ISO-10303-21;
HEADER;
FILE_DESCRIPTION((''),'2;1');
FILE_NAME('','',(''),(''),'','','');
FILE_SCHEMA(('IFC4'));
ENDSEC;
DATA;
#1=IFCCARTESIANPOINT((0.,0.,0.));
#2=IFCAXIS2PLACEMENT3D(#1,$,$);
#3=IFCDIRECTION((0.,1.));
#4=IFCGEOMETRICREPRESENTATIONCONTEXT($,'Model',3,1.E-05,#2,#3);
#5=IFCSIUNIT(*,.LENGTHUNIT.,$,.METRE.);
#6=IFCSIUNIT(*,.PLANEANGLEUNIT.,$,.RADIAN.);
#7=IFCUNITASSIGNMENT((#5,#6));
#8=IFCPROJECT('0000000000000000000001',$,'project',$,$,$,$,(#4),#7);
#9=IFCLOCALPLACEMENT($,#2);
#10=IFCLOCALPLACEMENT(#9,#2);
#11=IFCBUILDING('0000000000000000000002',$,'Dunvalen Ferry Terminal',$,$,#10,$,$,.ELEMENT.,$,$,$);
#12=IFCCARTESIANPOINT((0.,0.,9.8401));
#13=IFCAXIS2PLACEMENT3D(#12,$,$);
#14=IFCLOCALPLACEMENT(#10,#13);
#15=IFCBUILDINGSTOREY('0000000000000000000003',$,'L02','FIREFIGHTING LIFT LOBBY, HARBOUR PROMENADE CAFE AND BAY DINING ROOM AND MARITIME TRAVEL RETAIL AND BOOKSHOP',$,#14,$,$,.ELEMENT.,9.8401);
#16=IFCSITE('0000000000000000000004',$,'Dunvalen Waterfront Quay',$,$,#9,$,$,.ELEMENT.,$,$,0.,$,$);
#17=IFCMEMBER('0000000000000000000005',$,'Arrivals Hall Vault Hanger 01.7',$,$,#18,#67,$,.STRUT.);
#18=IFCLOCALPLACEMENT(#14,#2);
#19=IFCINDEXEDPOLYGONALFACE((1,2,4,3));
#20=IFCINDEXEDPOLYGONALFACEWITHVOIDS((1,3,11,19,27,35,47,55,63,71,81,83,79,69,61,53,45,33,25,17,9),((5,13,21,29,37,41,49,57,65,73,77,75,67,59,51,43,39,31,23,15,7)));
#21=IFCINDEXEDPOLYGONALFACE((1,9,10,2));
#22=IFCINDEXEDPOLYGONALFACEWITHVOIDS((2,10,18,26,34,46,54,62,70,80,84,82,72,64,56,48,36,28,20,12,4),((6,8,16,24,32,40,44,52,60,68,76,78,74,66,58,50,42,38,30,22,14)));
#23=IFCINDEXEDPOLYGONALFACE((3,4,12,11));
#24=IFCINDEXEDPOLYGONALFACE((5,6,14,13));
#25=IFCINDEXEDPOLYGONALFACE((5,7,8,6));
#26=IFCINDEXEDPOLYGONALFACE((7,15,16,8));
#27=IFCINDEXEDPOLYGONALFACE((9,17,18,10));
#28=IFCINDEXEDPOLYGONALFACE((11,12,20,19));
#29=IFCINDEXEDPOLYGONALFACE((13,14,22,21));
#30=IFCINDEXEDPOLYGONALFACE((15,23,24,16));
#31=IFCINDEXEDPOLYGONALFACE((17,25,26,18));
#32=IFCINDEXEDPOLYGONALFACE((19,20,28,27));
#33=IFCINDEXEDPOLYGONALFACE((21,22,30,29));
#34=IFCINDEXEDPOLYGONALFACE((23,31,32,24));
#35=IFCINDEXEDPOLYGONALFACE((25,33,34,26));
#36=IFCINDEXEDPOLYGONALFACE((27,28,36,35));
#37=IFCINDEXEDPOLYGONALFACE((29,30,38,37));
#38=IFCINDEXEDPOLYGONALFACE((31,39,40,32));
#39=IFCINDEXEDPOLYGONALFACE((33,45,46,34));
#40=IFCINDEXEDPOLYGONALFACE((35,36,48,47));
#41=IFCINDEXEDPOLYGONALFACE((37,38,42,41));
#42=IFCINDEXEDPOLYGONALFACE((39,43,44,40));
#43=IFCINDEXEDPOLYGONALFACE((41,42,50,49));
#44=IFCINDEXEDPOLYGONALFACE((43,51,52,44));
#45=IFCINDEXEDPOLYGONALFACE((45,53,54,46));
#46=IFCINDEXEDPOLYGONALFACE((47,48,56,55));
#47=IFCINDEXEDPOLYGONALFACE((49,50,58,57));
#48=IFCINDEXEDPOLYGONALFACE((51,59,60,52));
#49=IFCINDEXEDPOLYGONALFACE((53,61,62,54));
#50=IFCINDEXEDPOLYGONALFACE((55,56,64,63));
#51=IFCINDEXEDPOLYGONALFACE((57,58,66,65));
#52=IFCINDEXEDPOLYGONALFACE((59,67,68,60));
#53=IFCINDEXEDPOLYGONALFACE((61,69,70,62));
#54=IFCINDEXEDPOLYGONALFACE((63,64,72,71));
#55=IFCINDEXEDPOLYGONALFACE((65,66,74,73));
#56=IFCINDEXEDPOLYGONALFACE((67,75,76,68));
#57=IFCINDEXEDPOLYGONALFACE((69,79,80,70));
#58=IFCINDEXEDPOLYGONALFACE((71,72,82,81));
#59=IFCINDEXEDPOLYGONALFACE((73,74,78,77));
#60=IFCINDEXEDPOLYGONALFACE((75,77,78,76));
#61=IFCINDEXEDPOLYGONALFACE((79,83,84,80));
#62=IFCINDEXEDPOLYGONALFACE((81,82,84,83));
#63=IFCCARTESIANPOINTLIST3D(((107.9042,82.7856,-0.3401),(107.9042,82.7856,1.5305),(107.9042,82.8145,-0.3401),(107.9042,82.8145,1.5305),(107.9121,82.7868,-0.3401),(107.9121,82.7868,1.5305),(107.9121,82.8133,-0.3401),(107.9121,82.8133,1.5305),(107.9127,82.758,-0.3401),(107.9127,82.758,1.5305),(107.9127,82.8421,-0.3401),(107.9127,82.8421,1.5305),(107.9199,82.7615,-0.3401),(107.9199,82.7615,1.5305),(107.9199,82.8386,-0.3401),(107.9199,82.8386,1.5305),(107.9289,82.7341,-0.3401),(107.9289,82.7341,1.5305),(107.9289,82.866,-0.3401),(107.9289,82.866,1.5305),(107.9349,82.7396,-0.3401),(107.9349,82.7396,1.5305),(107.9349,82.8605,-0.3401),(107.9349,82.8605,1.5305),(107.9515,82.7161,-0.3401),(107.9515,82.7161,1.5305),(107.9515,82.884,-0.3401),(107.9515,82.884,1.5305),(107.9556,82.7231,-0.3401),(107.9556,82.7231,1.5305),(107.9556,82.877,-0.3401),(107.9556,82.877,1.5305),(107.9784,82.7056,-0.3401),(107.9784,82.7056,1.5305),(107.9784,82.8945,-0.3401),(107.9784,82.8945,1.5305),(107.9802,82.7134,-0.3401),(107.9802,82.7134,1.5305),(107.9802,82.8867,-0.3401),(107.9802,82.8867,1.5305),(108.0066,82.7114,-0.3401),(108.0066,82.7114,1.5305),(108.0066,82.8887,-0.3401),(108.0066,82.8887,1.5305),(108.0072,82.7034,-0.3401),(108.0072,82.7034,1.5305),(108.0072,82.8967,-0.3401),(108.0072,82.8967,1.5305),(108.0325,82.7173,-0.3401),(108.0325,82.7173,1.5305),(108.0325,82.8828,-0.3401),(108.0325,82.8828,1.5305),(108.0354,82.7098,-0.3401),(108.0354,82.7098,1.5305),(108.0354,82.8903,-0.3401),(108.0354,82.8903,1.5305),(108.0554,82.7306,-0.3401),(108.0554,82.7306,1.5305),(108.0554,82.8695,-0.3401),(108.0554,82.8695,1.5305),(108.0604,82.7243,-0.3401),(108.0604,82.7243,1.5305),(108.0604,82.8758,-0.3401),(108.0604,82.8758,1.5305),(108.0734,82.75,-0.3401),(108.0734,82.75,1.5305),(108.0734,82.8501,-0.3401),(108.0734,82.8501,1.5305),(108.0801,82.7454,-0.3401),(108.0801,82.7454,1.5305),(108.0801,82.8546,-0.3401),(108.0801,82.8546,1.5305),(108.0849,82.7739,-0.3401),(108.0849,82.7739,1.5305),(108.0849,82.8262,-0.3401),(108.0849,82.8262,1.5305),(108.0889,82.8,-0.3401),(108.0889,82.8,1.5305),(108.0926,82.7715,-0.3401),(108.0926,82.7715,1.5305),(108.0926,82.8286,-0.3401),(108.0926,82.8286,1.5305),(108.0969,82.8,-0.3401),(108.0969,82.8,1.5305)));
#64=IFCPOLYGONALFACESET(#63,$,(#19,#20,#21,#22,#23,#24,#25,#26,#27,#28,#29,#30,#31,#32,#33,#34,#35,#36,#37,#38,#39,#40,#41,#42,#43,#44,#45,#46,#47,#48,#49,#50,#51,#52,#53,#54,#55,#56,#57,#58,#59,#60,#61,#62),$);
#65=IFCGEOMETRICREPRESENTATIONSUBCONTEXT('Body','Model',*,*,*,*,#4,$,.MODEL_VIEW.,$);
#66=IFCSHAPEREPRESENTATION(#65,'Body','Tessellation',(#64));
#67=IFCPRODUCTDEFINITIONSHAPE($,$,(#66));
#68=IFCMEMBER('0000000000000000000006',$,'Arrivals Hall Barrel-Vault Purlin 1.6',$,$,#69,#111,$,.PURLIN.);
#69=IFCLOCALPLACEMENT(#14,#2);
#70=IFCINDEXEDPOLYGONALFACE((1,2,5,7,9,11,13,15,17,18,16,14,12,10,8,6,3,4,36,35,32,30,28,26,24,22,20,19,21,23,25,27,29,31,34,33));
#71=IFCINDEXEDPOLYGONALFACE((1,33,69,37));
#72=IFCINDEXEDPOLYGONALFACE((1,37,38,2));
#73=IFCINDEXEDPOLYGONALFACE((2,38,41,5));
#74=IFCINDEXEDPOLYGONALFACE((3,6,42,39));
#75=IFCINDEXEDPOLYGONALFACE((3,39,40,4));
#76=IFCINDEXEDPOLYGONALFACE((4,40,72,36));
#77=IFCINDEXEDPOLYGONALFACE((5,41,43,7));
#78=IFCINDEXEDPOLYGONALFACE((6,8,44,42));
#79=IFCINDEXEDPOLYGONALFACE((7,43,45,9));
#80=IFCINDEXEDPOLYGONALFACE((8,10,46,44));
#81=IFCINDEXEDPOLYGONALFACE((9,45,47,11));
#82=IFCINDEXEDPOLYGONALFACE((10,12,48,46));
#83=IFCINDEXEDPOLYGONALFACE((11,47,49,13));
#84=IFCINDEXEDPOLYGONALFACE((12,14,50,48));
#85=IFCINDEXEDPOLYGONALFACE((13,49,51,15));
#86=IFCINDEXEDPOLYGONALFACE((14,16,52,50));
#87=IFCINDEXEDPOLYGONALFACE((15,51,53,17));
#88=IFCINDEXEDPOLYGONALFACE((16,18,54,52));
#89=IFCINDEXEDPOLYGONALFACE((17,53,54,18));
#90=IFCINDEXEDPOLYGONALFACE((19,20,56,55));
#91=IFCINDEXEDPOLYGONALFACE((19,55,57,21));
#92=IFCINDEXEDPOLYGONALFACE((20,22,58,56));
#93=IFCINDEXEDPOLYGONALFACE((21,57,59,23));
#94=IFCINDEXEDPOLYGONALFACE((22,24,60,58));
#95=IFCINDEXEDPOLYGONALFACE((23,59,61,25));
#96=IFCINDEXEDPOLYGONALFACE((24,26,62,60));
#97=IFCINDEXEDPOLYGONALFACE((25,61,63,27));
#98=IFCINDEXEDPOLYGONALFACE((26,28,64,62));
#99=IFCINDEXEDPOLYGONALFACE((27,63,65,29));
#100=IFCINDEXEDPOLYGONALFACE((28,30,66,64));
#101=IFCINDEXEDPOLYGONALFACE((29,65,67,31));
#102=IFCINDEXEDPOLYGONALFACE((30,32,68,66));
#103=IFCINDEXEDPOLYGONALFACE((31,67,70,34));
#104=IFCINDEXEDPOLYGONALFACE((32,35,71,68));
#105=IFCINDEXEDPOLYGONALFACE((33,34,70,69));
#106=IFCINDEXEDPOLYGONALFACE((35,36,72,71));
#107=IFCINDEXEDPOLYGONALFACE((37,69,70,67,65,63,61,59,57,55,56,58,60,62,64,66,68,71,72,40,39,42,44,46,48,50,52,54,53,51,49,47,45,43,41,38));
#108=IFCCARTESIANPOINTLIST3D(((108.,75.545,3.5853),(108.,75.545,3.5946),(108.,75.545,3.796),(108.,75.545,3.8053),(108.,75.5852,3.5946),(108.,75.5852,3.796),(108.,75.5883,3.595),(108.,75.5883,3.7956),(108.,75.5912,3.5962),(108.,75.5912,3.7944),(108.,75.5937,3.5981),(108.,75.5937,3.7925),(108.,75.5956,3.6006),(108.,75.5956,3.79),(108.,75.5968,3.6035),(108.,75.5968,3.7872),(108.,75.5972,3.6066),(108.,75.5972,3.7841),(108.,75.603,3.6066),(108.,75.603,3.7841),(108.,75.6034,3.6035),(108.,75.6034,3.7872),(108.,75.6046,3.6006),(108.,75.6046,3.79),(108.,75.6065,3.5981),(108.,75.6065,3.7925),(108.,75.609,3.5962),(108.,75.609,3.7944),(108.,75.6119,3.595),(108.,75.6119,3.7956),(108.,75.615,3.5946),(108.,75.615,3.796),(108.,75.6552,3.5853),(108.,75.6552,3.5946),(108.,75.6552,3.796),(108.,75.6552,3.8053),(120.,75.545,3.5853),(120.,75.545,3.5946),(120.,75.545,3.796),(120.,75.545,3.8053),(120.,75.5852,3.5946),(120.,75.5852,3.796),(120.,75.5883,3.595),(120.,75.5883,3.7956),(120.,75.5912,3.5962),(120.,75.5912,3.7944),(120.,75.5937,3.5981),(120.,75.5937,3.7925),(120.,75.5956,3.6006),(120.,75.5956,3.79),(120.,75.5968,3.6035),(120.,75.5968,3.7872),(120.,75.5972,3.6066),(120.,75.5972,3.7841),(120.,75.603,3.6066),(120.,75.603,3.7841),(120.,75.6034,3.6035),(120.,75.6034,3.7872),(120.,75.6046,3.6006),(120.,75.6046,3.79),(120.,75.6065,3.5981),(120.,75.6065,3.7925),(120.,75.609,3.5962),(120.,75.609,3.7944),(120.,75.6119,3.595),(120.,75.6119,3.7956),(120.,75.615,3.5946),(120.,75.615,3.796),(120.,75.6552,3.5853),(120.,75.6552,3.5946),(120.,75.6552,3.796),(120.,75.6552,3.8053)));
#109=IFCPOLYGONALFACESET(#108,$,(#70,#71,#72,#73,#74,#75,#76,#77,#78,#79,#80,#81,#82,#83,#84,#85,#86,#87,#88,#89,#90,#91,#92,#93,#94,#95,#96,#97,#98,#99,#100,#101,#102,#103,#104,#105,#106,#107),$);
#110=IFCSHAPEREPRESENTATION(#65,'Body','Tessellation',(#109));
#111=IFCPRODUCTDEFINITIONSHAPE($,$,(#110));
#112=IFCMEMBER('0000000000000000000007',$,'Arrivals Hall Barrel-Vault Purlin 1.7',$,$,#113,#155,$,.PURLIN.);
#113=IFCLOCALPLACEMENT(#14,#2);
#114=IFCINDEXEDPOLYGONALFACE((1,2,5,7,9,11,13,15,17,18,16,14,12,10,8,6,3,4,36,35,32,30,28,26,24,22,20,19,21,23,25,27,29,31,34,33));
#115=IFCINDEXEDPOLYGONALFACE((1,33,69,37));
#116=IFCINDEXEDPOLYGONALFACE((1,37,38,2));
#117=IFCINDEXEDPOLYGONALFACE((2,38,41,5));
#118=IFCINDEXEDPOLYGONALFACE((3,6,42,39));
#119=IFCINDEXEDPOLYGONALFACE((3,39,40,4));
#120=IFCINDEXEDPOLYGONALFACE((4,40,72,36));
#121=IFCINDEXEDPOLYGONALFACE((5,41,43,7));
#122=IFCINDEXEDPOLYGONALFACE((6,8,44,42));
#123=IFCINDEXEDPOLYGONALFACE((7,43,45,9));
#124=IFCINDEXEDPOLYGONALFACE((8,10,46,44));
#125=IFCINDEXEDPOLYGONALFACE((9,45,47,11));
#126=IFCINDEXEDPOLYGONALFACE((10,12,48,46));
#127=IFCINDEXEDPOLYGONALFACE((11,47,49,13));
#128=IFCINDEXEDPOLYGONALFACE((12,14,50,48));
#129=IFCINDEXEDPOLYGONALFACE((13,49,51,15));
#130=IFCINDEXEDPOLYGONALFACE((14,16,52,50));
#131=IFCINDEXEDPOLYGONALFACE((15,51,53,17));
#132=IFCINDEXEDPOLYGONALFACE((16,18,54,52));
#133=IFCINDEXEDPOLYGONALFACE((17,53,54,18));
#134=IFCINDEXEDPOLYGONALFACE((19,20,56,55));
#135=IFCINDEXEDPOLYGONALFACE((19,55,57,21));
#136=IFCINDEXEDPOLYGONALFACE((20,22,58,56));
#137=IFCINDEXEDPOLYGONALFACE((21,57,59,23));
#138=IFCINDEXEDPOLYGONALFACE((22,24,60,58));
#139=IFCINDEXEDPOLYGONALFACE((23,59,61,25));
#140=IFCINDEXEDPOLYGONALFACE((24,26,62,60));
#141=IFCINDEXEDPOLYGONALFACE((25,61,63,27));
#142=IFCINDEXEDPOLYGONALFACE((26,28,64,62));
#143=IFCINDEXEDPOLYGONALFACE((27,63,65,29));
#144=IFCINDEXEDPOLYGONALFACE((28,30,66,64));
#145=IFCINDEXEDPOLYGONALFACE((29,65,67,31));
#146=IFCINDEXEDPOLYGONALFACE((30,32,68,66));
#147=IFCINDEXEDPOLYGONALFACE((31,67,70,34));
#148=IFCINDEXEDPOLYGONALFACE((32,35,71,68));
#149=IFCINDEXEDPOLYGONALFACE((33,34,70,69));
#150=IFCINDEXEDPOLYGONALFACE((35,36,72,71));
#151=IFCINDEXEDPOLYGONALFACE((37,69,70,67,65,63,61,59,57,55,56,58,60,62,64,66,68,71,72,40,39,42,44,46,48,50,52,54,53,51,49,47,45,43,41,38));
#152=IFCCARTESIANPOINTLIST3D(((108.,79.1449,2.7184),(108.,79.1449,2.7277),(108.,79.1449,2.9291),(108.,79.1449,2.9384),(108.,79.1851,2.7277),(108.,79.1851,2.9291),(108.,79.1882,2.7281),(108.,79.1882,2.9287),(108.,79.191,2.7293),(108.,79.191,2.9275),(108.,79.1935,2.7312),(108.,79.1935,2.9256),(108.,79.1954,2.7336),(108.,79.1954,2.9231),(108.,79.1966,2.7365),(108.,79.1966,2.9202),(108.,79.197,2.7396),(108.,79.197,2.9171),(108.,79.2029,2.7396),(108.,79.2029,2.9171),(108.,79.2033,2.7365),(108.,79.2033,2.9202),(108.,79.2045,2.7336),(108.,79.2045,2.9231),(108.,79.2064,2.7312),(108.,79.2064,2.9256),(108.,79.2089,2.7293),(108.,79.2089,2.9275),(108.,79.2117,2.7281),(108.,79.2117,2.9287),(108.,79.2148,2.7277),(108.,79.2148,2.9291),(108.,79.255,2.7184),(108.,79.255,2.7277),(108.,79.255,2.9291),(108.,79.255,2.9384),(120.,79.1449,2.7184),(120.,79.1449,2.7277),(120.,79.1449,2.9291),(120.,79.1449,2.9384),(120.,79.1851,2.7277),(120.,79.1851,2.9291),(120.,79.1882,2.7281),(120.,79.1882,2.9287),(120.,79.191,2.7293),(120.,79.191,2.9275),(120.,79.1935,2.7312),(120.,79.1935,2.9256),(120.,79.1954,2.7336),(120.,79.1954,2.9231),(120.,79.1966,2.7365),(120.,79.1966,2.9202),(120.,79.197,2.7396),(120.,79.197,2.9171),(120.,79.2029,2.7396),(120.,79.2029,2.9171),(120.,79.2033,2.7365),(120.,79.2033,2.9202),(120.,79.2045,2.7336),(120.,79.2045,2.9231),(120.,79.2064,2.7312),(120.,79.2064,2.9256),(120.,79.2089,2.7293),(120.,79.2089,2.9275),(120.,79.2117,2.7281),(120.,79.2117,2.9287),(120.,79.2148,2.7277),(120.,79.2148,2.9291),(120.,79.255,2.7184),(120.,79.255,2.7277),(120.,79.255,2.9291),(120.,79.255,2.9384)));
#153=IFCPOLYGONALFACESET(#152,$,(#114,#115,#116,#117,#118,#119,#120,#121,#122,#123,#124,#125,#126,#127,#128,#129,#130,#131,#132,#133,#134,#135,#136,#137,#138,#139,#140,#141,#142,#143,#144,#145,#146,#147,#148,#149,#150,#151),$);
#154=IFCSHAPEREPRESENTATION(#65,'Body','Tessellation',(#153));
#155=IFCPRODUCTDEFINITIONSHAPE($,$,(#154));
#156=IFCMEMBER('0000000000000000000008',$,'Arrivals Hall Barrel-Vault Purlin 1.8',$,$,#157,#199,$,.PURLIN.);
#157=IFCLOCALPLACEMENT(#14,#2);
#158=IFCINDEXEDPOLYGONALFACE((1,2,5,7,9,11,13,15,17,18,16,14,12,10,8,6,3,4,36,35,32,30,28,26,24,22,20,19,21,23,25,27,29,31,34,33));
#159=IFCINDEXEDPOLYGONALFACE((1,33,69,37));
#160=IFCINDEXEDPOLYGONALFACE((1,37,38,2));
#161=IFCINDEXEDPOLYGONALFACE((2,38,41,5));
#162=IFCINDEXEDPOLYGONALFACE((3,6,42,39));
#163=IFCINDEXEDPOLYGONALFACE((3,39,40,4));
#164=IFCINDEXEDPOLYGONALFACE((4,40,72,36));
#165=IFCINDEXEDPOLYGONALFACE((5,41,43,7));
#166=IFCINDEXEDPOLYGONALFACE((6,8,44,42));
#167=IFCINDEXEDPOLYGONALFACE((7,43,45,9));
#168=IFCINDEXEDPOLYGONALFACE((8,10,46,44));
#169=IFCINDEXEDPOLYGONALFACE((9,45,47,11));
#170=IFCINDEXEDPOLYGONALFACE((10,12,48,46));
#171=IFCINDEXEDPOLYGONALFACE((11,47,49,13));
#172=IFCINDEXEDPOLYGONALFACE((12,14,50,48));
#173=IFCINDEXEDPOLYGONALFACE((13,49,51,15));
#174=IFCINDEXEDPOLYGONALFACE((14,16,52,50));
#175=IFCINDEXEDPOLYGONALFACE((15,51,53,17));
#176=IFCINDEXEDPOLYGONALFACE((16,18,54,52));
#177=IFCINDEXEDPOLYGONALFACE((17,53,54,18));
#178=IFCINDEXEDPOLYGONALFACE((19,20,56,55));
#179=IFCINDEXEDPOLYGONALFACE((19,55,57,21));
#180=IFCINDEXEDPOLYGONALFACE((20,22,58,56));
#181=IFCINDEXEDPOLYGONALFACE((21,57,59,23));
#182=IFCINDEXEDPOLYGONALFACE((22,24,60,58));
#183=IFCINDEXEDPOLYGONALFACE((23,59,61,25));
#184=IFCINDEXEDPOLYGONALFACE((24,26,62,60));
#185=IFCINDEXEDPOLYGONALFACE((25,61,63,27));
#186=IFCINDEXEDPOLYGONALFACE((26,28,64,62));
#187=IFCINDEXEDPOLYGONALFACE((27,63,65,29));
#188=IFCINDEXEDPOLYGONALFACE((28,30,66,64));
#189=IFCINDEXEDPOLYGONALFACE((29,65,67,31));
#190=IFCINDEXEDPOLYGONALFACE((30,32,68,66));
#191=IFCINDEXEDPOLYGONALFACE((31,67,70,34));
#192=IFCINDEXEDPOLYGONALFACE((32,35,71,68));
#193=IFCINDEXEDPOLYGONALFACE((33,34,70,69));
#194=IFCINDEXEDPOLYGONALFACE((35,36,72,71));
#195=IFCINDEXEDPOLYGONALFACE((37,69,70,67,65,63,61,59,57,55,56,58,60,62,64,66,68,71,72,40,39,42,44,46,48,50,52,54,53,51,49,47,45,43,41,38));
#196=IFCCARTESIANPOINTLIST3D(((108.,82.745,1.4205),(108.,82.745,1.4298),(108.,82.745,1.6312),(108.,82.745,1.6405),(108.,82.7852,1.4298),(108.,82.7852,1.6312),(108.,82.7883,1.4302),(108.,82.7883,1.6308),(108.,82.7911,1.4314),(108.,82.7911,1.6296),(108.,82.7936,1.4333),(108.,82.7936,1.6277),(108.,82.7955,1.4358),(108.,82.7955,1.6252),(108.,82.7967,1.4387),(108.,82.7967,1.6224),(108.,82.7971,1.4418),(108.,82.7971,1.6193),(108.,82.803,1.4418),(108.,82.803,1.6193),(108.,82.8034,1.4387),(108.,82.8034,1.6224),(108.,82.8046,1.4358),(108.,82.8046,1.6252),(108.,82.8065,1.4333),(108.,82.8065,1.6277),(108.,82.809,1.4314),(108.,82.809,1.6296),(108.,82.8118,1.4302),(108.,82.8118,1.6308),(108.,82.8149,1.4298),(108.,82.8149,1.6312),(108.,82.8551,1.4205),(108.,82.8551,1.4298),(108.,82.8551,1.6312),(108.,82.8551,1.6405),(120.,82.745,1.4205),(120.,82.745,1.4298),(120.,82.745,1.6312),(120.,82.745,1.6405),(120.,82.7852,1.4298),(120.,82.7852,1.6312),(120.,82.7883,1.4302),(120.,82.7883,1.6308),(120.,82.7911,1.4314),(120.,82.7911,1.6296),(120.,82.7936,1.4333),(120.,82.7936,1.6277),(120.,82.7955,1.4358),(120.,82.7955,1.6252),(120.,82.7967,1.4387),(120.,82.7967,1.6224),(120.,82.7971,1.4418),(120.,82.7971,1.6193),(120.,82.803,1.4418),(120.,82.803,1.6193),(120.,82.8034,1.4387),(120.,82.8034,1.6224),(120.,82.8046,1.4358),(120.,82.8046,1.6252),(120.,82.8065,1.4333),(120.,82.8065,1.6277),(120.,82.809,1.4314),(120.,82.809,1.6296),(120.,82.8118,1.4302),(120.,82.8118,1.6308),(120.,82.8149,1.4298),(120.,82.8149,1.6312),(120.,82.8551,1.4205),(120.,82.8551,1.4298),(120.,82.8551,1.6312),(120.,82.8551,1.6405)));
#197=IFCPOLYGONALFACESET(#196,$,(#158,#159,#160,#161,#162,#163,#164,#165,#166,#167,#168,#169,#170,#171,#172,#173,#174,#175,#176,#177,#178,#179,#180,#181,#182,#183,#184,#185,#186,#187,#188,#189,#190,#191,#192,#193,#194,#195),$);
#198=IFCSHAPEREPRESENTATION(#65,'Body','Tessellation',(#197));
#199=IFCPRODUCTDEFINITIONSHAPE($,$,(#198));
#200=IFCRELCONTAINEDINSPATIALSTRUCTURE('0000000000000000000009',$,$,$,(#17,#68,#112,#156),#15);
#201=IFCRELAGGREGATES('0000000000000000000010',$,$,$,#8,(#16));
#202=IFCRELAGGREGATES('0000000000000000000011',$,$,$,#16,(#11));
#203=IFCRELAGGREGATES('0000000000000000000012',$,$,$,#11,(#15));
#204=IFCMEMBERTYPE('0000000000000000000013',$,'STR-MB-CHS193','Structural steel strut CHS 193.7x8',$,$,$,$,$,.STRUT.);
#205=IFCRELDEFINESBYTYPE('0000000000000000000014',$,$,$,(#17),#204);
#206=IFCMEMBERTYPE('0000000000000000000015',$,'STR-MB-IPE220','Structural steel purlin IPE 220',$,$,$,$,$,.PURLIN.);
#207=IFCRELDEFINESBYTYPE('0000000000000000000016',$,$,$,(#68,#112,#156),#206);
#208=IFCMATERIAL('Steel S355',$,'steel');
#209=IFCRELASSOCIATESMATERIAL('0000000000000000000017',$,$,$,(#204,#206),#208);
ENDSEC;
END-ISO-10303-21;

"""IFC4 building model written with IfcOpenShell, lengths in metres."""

from ifc_helpers import new_model, si_unit, direction, frame, origin, origin_2d, place, context, subcontext, project, spatial, hollow_circle, i_section, extrude, material, material_profile, profile_set, type_object, element, save


model = new_model("IFC4")

# Units and contexts
model_context = context("Model", 3, precision=1e-05, world=origin(), true_north=direction((0.0, 1.0)))
body_context = subcontext(model_context, "Body", "Model", "MODEL_VIEW")
ifc_project = project(units=[si_unit("LENGTHUNIT", "METRE"), si_unit("PLANEANGLEUNIT", "RADIAN")], contexts=[model_context])

# Site, building, storey
site_placement = place(None, origin())
site = spatial("IfcSite", under=ifc_project, at=site_placement, Name="Dunvalen Waterfront Quay", CompositionType="ELEMENT", RefElevation=0.0)
building_placement = place(site_placement, origin())
building = spatial("IfcBuilding", under=site, at=building_placement, Name="Dunvalen Ferry Terminal", CompositionType="ELEMENT")
storey_placement = place(building_placement, frame((0.0, 0.0, 9.8401)))
storey = spatial("IfcBuildingStorey", under=building, at=storey_placement, Name="L02", Description="FIREFIGHTING LIFT LOBBY, HARBOUR PROMENADE CAFE AND BAY DINING ROOM AND MARITIME TRAVEL RETAIL AND BOOKSHOP", CompositionType="ELEMENT", Elevation=9.8401)

# Shared definitions
ifc_material_1 = material(Name="Steel S355", Category="steel")

# Members
ifc_material_profile_1 = material_profile(ifc_material_1, hollow_circle(Radius=0.0969, WallThickness=0.0081, at=origin_2d()), Name="Steel S355")
ifc_profile_set_1 = profile_set([ifc_material_profile_1], Name="Steel S355")
member_type_1 = type_object("IfcMemberType", Name="STR-MB-CHS193", Description="Structural steel strut CHS 193.7x8", PredefinedType="STRUT", material=ifc_profile_set_1)
member_1_placement = place(storey_placement, frame((108.0, 82.8, -0.3401), z_axis=(0.0, 0.0, 1.0), x_axis=(1.0, 0.0, 0.0)))
element("IfcMember", 1, at=member_1_placement, inside=storey, type_object=member_type_1, Name="Arrivals Hall Vault Hanger 01.7", PredefinedType="STRUT", context=body_context, shape_type="SweptSolid", body=[
    extrude(hollow_circle(Radius=0.0969, WallThickness=0.0081, at=origin_2d()), origin(), (0.0, 0.0, 1.0), 1.8706),
])
ifc_material_profile_2 = material_profile(ifc_material_1, i_section(OverallWidth=0.1101, OverallDepth=0.22, WebThickness=0.0059, FlangeThickness=0.0093, FilletRadius=0.012, at=origin_2d()), Name="Steel S355")
ifc_profile_set_2 = profile_set([ifc_material_profile_2], Name="Steel S355")
member_type_2 = type_object("IfcMemberType", Name="STR-MB-IPE220", Description="Structural steel purlin IPE 220", PredefinedType="PURLIN", material=ifc_profile_set_2)
for number, where, z_axis, x_axis, name in (
    (2, (108.0, 75.6001, 3.6953), (1.0, 0.0, 0.0), (0.0, 1.0, 0.0), "Arrivals Hall Barrel-Vault Purlin 1.6"),
    (3, (108.0, 79.2, 2.8284), (1.0, 0.0, 0.0), (0.0, 1.0, 0.0), "Arrivals Hall Barrel-Vault Purlin 1.7"),
    (4, (108.0, 82.8, 1.5305), (1.0, 0.0, 0.0), (0.0, 1.0, 0.0), "Arrivals Hall Barrel-Vault Purlin 1.8"),
):
    element("IfcMember", number, at=place(storey_placement, frame(where, z_axis=z_axis, x_axis=x_axis)), inside=storey, type_object=member_type_2, Name=name, PredefinedType="PURLIN", context=body_context, shape_type="SweptSolid", body=[
        extrude(i_section(OverallWidth=0.1101, OverallDepth=0.22, WebThickness=0.0059, FlangeThickness=0.0093, FilletRadius=0.012, at=origin_2d()), origin(), (0.0, 0.0, 1.0), 12.0),
    ])

save(model, "model.ifc")
